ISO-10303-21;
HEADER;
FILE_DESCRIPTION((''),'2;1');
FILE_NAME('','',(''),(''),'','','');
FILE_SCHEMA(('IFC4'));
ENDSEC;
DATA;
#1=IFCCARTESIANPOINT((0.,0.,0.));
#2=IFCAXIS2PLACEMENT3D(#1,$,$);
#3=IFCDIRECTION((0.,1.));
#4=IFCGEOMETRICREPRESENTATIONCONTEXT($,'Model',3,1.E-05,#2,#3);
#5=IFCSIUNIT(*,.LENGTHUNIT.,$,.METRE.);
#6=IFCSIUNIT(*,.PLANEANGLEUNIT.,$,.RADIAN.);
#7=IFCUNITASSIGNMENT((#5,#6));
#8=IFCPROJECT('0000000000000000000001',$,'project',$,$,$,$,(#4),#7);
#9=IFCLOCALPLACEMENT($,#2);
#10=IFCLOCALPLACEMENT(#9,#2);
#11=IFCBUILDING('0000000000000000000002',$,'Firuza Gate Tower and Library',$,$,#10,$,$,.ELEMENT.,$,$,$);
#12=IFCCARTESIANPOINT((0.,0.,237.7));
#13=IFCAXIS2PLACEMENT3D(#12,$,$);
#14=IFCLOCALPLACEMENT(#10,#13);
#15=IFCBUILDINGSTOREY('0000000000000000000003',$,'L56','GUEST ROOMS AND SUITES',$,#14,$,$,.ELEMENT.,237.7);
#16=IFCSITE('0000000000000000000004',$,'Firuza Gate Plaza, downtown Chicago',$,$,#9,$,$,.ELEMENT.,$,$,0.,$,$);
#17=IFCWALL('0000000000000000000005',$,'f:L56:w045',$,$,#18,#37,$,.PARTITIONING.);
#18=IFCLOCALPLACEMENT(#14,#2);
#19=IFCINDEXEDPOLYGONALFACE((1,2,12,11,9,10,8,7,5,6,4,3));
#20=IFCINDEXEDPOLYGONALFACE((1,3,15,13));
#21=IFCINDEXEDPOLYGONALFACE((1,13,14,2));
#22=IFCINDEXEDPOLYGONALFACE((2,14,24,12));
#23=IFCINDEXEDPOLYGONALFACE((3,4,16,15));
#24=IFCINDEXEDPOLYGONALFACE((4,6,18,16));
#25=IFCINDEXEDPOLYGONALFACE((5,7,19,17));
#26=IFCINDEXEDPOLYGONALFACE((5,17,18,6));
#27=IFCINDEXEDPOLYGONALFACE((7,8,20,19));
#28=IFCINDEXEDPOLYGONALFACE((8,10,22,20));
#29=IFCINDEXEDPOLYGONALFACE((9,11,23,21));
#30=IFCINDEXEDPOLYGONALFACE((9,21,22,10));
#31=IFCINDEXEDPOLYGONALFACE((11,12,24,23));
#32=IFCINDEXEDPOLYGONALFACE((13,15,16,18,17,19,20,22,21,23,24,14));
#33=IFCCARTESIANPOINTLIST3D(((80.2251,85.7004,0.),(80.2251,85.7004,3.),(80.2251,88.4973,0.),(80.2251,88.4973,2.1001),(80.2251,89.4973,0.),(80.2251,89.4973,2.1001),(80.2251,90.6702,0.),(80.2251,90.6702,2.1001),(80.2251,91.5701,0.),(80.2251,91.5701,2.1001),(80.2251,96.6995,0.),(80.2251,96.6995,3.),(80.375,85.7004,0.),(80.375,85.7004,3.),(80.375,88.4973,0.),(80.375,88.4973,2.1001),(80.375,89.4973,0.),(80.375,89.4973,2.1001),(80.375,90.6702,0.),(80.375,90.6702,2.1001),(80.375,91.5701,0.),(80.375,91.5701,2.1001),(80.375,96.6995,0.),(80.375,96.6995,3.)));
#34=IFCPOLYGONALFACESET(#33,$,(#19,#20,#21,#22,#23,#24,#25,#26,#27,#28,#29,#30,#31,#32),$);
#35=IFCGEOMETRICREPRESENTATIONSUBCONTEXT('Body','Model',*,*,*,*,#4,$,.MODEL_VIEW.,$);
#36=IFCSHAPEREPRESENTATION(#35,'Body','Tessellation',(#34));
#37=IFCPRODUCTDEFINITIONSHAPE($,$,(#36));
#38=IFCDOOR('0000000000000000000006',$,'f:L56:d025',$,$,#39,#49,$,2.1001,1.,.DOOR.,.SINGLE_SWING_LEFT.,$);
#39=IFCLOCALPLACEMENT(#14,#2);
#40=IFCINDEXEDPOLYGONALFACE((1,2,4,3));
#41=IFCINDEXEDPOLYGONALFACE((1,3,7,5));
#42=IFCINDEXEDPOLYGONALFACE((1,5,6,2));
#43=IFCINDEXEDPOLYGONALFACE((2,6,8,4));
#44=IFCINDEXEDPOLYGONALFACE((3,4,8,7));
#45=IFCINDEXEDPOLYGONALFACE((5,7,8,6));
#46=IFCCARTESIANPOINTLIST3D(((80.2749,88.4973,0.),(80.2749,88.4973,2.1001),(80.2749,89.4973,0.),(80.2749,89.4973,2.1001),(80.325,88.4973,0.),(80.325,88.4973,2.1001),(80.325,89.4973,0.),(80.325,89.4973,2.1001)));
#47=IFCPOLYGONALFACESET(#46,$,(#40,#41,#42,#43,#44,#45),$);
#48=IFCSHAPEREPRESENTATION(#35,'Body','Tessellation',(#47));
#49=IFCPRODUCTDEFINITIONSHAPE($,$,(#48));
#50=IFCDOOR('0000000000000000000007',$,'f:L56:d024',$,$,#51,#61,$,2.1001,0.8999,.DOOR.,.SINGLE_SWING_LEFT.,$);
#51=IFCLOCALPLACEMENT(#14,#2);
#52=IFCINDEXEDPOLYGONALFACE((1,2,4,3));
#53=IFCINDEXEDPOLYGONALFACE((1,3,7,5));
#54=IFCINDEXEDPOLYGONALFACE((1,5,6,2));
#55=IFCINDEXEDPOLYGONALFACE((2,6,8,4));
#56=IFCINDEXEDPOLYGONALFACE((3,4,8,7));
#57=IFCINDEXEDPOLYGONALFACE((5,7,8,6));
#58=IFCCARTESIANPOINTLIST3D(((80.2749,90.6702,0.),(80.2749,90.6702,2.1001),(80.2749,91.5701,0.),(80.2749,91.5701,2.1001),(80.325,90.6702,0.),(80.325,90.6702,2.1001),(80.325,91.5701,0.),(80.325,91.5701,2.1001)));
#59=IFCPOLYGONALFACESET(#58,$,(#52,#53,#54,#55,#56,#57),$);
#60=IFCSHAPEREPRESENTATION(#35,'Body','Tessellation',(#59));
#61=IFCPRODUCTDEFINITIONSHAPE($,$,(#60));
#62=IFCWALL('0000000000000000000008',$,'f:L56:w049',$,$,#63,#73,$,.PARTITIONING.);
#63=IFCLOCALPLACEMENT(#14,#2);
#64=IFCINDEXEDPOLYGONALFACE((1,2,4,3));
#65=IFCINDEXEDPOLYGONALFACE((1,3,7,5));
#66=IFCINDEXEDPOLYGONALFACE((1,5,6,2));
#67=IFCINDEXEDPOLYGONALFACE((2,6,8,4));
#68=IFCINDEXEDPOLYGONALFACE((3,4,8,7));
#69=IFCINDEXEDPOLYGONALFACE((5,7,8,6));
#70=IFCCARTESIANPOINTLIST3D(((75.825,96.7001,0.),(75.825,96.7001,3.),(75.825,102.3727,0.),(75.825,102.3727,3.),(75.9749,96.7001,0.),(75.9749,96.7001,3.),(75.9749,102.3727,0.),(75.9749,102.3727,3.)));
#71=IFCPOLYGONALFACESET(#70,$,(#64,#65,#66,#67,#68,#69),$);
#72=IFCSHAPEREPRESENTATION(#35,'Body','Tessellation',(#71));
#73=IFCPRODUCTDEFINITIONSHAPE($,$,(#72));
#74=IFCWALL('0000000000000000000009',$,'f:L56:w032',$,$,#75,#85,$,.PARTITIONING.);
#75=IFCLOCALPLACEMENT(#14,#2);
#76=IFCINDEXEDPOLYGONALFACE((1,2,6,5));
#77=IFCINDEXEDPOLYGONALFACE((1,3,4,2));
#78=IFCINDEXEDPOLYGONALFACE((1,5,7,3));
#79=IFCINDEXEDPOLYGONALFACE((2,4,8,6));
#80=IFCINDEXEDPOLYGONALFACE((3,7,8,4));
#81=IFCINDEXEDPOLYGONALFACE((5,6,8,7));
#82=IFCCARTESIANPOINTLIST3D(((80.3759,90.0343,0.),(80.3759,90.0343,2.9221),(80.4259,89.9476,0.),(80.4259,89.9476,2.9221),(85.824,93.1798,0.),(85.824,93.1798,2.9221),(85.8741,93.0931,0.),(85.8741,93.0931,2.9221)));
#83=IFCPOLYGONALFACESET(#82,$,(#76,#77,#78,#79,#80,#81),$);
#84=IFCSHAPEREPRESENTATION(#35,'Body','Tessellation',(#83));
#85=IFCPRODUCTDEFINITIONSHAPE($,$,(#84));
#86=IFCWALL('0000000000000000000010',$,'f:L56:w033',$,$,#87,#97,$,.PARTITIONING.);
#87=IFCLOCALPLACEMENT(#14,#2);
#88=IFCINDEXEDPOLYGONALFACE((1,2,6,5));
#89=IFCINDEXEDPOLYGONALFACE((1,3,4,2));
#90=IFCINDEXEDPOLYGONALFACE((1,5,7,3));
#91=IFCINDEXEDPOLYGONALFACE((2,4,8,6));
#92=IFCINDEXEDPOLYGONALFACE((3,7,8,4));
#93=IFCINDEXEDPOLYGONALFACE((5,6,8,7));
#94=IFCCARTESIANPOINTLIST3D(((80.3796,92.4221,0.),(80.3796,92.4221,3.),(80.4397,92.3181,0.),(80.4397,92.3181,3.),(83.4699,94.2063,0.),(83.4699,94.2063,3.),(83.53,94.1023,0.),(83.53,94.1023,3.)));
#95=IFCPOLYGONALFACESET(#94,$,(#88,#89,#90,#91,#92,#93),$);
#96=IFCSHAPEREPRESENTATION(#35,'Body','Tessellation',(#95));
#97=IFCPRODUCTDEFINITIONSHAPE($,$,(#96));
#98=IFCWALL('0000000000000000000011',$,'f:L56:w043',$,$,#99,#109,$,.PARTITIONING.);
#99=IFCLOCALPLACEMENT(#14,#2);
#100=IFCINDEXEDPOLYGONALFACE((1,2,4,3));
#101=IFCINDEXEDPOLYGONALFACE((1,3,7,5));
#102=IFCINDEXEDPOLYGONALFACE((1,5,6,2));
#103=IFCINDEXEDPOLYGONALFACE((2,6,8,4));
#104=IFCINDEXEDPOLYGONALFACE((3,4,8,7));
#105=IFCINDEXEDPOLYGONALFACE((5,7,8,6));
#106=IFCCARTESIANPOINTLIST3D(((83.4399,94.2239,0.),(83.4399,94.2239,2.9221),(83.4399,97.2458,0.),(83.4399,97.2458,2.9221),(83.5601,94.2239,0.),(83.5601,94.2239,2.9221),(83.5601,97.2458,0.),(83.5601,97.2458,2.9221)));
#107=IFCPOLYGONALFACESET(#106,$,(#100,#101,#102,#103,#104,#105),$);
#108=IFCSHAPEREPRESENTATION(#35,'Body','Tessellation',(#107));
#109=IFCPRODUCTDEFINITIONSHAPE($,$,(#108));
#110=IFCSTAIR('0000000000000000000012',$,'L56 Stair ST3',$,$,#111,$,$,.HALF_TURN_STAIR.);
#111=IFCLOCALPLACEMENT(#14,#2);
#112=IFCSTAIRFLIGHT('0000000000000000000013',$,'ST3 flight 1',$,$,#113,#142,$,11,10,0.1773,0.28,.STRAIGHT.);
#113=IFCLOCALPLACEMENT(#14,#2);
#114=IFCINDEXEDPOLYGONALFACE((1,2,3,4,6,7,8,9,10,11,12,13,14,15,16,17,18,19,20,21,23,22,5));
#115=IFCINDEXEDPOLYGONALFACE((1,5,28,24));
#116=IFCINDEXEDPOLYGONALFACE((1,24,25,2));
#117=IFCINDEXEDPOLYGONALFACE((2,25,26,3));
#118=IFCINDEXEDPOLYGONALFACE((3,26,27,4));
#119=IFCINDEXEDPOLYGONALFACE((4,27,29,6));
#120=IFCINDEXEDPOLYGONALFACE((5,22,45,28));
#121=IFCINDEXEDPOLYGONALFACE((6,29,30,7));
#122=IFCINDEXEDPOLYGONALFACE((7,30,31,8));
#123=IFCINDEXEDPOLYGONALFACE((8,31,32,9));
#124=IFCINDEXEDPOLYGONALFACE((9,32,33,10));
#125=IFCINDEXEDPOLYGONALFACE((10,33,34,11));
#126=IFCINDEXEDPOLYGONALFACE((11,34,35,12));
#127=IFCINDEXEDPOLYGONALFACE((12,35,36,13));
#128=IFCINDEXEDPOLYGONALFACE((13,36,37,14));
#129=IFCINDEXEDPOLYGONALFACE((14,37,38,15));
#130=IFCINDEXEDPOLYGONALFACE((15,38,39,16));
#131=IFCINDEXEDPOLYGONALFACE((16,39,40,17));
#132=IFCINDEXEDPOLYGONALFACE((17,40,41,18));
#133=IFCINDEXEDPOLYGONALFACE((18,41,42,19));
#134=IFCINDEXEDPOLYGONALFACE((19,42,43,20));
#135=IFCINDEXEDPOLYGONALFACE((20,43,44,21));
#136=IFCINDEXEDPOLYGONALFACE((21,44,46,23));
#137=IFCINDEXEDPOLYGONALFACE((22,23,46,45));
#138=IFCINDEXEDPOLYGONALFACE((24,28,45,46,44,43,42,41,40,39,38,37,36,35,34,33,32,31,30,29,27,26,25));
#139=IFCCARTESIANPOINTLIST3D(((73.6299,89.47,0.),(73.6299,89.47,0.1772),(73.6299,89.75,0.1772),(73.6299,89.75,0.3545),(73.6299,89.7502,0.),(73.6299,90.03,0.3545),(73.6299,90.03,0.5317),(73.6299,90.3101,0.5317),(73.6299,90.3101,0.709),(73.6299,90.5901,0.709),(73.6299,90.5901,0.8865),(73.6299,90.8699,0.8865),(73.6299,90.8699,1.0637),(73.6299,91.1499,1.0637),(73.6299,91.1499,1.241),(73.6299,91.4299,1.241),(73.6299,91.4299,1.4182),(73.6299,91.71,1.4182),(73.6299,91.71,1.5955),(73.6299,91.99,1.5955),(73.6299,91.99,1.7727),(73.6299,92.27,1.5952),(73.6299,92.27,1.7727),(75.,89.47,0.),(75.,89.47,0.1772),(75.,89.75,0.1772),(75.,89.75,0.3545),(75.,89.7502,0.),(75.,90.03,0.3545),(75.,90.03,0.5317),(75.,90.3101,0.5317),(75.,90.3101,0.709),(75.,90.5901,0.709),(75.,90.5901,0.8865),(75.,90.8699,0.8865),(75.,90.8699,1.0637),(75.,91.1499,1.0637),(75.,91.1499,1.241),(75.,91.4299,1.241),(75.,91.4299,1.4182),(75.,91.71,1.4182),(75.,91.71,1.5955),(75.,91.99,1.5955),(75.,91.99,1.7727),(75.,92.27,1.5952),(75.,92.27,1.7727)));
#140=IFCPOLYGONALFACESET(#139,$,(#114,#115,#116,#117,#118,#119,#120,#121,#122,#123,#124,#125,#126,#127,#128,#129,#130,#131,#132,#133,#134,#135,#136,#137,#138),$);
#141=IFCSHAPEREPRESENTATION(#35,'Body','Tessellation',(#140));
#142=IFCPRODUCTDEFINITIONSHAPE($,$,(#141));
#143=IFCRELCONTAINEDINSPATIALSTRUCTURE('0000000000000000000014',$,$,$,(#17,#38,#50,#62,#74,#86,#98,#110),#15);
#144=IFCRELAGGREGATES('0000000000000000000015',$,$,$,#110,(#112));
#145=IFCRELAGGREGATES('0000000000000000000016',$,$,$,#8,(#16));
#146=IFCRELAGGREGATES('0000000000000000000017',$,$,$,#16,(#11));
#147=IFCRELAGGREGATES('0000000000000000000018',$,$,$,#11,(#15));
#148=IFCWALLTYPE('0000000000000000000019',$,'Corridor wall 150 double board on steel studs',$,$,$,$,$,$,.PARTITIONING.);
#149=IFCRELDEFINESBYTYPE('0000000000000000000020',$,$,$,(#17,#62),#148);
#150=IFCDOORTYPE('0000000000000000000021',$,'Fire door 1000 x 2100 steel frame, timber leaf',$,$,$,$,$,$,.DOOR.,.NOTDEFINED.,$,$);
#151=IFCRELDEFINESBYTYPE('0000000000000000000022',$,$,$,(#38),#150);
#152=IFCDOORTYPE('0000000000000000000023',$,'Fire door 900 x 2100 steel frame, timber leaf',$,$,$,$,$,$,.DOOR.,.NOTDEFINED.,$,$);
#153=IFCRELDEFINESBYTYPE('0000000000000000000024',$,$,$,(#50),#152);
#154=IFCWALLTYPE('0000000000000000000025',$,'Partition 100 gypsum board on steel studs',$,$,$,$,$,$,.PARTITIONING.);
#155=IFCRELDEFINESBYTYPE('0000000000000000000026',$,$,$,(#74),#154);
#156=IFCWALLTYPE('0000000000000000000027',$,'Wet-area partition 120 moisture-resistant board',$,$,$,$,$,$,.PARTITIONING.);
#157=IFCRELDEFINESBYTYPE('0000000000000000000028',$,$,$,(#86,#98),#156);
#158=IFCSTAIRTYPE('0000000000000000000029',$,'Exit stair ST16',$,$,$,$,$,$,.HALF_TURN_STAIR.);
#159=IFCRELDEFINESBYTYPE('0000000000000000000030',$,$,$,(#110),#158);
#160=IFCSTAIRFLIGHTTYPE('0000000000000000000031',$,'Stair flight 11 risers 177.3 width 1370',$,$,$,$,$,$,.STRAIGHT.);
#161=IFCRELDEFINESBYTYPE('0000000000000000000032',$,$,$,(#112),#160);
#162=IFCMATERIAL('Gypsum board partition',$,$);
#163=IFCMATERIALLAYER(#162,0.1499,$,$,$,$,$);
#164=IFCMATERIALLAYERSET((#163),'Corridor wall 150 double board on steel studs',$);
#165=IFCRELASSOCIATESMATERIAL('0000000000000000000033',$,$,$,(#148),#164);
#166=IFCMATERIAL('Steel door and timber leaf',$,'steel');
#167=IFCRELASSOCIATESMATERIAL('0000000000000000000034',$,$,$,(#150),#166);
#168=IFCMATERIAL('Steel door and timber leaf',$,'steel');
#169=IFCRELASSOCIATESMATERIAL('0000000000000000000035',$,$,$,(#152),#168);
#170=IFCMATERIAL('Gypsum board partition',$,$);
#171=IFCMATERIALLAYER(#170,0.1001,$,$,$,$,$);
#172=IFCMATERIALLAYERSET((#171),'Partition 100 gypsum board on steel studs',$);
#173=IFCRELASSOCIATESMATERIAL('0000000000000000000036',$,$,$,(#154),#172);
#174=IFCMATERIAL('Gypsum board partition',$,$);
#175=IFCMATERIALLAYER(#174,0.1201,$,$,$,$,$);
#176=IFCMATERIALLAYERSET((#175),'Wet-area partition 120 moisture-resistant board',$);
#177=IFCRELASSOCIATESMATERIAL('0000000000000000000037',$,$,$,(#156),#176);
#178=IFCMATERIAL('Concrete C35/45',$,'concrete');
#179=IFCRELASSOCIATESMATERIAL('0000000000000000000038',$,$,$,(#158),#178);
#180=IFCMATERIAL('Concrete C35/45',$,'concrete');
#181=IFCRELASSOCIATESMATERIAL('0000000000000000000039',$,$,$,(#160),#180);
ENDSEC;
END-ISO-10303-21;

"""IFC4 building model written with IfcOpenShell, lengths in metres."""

from ifc_helpers import new_model, si_unit, direction, frame, frame_2d, origin, place, context, subcontext, project, spatial, polyline, rectangle, outline, extrude, material, layer, layer_set, type_object, element, fill, aggregate, save


model = new_model("IFC4")

# Units and contexts
model_context = context("Model", 3, precision=1e-05, world=origin(), true_north=direction((0.0, 1.0)))
body_context = subcontext(model_context, "Body", "Model", "MODEL_VIEW")
ifc_project = project(units=[si_unit("LENGTHUNIT", "METRE"), si_unit("PLANEANGLEUNIT", "RADIAN")], contexts=[model_context])

# Site, building, storey
site_placement = place(None, origin())
site = spatial("IfcSite", under=ifc_project, at=site_placement, Name="Firuza Gate Plaza, downtown Chicago", CompositionType="ELEMENT", RefElevation=0.0)
building_placement = place(site_placement, origin())
building = spatial("IfcBuilding", under=site, at=building_placement, Name="Firuza Gate Tower and Library", CompositionType="ELEMENT")
storey_placement = place(building_placement, frame((0.0, 0.0, 237.7)))
storey = spatial("IfcBuildingStorey", under=building, at=storey_placement, Name="L56", Description="GUEST ROOMS AND SUITES", CompositionType="ELEMENT", Elevation=237.7)

# Shared definitions
placement = place(storey_placement, origin())

# Shared definitions
ifc_material_1 = material(Name="Gypsum board partition")
ifc_layer_1 = layer(ifc_material_1, 0.1499)
ifc_layer_set_1 = layer_set([ifc_layer_1], Name="Corridor wall 150 double board on steel studs")
wall_type_1 = type_object("IfcWallType", Name="Corridor wall 150 double board on steel studs", PredefinedType="PARTITIONING", material=ifc_layer_set_1)
ifc_material_2 = material(Name="Steel door and timber leaf", Category="steel")
door_type_1 = type_object("IfcDoorType", Name="Fire door 1000 x 2100 steel frame, timber leaf", OperationType="NOTDEFINED", PredefinedType="DOOR", material=ifc_material_2)

# Wall, openings, doors
wall_1_placement = place(storey_placement, frame((80.3, 96.6995, 0.0), z_axis=(0.0, 0.0, 1.0), x_axis=(0.0, -1.0, 0.0)))
wall_1 = element("IfcWall", 1, at=wall_1_placement, inside=storey, type_object=wall_type_1, Name="f:L56:w045", PredefinedType="PARTITIONING", context=body_context, shape_type="SweptSolid", body=[
    extrude(rectangle(XDim=10.999, YDim=0.1499, at=frame_2d((5.4995, 0.0))), origin(), (0.0, 0.0, 1.0), 3.0),
])
opening_1_placement = place(wall_1_placement, frame((5.1294, 0.0, 0.0)))
opening_1 = element("IfcOpeningElement", 2, at=opening_1_placement, cuts=wall_1, PredefinedType="OPENING", context=body_context, shape_type="SweptSolid", body=[
    extrude(rectangle(XDim=0.8999, YDim=2.1001, at=frame_2d((0.45, 1.05))), frame((0.0, 0.085, 0.0), z_axis=(0.0, -1.0, 0.0), x_axis=(1.0, 0.0, 0.0)), (0.0, 0.0, 1.0), 0.1699),
])
opening_2_placement = place(wall_1_placement, frame((7.2021, 0.0, 0.0)))
opening_2 = element("IfcOpeningElement", 3, at=opening_2_placement, cuts=wall_1, PredefinedType="OPENING", context=body_context, shape_type="SweptSolid", body=[
    extrude(rectangle(XDim=1.0, YDim=2.1001, at=frame_2d((0.5, 1.05))), frame((0.0, 0.085, 0.0), z_axis=(0.0, -1.0, 0.0), x_axis=(1.0, 0.0, 0.0)), (0.0, 0.0, 1.0), 0.1699),
])
door_1_placement = place(opening_2_placement, origin())
door_1 = element("IfcDoor", 4, at=door_1_placement, inside=storey, type_object=door_type_1, Name="f:L56:d025", OperationType="SINGLE_SWING_LEFT", OverallHeight=2.1001, OverallWidth=1.0, PredefinedType="DOOR", context=body_context, shape_type="SweptSolid", body=[
    extrude(rectangle(XDim=1.0, YDim=2.1001, at=frame_2d((0.5, 1.05))), frame((0.0, 0.0249, 0.0), z_axis=(0.0, -1.0, 0.0), x_axis=(1.0, 0.0, 0.0)), (0.0, 0.0, 1.0), 0.05),
])
fill(opening_2, door_1)
ifc_material_3 = material(Name="Steel door and timber leaf", Category="steel")
door_type_2 = type_object("IfcDoorType", Name="Fire door 900 x 2100 steel frame, timber leaf", OperationType="NOTDEFINED", PredefinedType="DOOR", material=ifc_material_3)
door_2_placement = place(opening_1_placement, origin())
door_2 = element("IfcDoor", 5, at=door_2_placement, inside=storey, type_object=door_type_2, Name="f:L56:d024", OperationType="SINGLE_SWING_LEFT", OverallHeight=2.1001, OverallWidth=0.8999, PredefinedType="DOOR", context=body_context, shape_type="SweptSolid", body=[
    extrude(rectangle(XDim=0.8999, YDim=2.1001, at=frame_2d((0.45, 1.05))), frame((0.0, 0.0249, 0.0), z_axis=(0.0, -1.0, 0.0), x_axis=(1.0, 0.0, 0.0)), (0.0, 0.0, 1.0), 0.05),
])
fill(opening_1, door_2)

# Walls
wall_2_placement = place(storey_placement, frame((75.8999, 96.7, 0.0), z_axis=(0.0, 0.0, 1.0), x_axis=(0.0, 1.0, 0.0)))
element("IfcWall", 6, at=wall_2_placement, inside=storey, type_object=wall_type_1, Name="f:L56:w049", PredefinedType="PARTITIONING", context=body_context, shape_type="SweptSolid", body=[
    extrude(rectangle(XDim=5.6726, YDim=0.1499, at=frame_2d((2.8364, 0.0))), origin(), (0.0, 0.0, 1.0), 3.0),
])
ifc_material_4 = material(Name="Gypsum board partition")
ifc_layer_2 = layer(ifc_material_4, 0.1001)
ifc_layer_set_2 = layer_set([ifc_layer_2], Name="Partition 100 gypsum board on steel studs")
wall_type_2 = type_object("IfcWallType", Name="Partition 100 gypsum board on steel studs", PredefinedType="PARTITIONING", material=ifc_layer_set_2)
wall_3_placement = place(storey_placement, frame((80.4009, 89.991, 0.0), z_axis=(0.0, 0.0, 1.0), x_axis=(0.866028, 0.499996, 0.0)))
element("IfcWall", 7, at=wall_3_placement, inside=storey, type_object=wall_type_2, Name="f:L56:w032", PredefinedType="PARTITIONING", context=body_context, shape_type="SweptSolid", body=[
    extrude(rectangle(XDim=6.291, YDim=0.1001, at=frame_2d((3.1455, 0.0))), origin(), (0.0, 0.0, 1.0), 2.9221),
])
ifc_material_5 = material(Name="Gypsum board partition")
ifc_layer_3 = layer(ifc_material_5, 0.1201)
ifc_layer_set_3 = layer_set([ifc_layer_3], Name="Wet-area partition 120 moisture-resistant board")
wall_type_3 = type_object("IfcWallType", Name="Wet-area partition 120 moisture-resistant board", PredefinedType="PARTITIONING", material=ifc_layer_set_3)
wall_4_placement = place(storey_placement, frame((80.4097, 92.3701, 0.0), z_axis=(0.0, 0.0, 1.0), x_axis=(0.866028, 0.499995, 0.0)))
element("IfcWall", 8, at=wall_4_placement, inside=storey, type_object=wall_type_3, Name="f:L56:w033", PredefinedType="PARTITIONING", context=body_context, shape_type="SweptSolid", body=[
    extrude(rectangle(XDim=3.5684, YDim=0.1201, at=frame_2d((1.7842, 0.0))), origin(), (0.0, 0.0, 1.0), 3.0),
])
wall_5_placement = place(storey_placement, frame((83.5, 94.2239, 0.0), z_axis=(0.0, 0.0, 1.0), x_axis=(0.0, 1.0, 0.0)))
element("IfcWall", 9, at=wall_5_placement, inside=storey, type_object=wall_type_3, Name="f:L56:w043", PredefinedType="PARTITIONING", context=body_context, shape_type="SweptSolid", body=[
    extrude(rectangle(XDim=3.022, YDim=0.1201, at=frame_2d((1.511, 0.0))), origin(), (0.0, 0.0, 1.0), 2.9221),
])

# Stair, stair flight
ifc_material_6 = material(Name="Concrete C35/45", Category="concrete")
stair_type = type_object("IfcStairType", Name="Exit stair ST16", PredefinedType="HALF_TURN_STAIR", material=ifc_material_6)
stair = element("IfcStair", 10, at=placement, inside=storey, type_object=stair_type, Name="L56 Stair ST3", PredefinedType="HALF_TURN_STAIR")
ifc_material_7 = material(Name="Concrete C35/45", Category="concrete")
stair_flight_type = type_object("IfcStairFlightType", Name="Stair flight 11 risers 177.3 width 1370", PredefinedType="STRAIGHT", material=ifc_material_7)
stair_flight_placement = place(storey_placement, frame((74.3149, 89.47, 0.0), z_axis=(0.0, 0.0, 1.0), x_axis=(0.0, 1.0, 0.0)))
stair_flight = element("IfcStairFlight", 11, at=stair_flight_placement, type_object=stair_flight_type, Name="ST3 flight 1", NumberOfRisers=11, NumberOfTreads=10, PredefinedType="STRAIGHT", RiserHeight=0.1773, TreadLength=0.28, context=body_context, shape_type="SweptSolid", body=[
    extrude(outline(polyline([(0.0, 0.0), (0.0, 0.1772), (0.28, 0.1772), (0.28, 0.3545), (0.5601, 0.3545), (0.5601, 0.5317), (0.8401, 0.5317), (0.8401, 0.709), (1.1201, 0.709), (1.1201, 0.8865), (1.3999, 0.8865), (1.3999, 1.0637), (1.6799, 1.0637), (1.6799, 1.241), (1.96, 1.241), (1.96, 1.4182), (2.24, 1.4182), (2.24, 1.5955), (2.52, 1.5955), (2.52, 1.7727), (2.8, 1.7727), (2.8, 1.95), (2.8, 1.5952), (0.2803, 0.0), (0.0, 0.0)])), frame((0.0, 0.6851, 0.0), z_axis=(0.0, -1.0, 0.0), x_axis=(1.0, 0.0, 0.0)), (0.0, 0.0, 1.0), 1.3701),
])
aggregate(stair, [stair_flight])

save(model, "model.ifc")
